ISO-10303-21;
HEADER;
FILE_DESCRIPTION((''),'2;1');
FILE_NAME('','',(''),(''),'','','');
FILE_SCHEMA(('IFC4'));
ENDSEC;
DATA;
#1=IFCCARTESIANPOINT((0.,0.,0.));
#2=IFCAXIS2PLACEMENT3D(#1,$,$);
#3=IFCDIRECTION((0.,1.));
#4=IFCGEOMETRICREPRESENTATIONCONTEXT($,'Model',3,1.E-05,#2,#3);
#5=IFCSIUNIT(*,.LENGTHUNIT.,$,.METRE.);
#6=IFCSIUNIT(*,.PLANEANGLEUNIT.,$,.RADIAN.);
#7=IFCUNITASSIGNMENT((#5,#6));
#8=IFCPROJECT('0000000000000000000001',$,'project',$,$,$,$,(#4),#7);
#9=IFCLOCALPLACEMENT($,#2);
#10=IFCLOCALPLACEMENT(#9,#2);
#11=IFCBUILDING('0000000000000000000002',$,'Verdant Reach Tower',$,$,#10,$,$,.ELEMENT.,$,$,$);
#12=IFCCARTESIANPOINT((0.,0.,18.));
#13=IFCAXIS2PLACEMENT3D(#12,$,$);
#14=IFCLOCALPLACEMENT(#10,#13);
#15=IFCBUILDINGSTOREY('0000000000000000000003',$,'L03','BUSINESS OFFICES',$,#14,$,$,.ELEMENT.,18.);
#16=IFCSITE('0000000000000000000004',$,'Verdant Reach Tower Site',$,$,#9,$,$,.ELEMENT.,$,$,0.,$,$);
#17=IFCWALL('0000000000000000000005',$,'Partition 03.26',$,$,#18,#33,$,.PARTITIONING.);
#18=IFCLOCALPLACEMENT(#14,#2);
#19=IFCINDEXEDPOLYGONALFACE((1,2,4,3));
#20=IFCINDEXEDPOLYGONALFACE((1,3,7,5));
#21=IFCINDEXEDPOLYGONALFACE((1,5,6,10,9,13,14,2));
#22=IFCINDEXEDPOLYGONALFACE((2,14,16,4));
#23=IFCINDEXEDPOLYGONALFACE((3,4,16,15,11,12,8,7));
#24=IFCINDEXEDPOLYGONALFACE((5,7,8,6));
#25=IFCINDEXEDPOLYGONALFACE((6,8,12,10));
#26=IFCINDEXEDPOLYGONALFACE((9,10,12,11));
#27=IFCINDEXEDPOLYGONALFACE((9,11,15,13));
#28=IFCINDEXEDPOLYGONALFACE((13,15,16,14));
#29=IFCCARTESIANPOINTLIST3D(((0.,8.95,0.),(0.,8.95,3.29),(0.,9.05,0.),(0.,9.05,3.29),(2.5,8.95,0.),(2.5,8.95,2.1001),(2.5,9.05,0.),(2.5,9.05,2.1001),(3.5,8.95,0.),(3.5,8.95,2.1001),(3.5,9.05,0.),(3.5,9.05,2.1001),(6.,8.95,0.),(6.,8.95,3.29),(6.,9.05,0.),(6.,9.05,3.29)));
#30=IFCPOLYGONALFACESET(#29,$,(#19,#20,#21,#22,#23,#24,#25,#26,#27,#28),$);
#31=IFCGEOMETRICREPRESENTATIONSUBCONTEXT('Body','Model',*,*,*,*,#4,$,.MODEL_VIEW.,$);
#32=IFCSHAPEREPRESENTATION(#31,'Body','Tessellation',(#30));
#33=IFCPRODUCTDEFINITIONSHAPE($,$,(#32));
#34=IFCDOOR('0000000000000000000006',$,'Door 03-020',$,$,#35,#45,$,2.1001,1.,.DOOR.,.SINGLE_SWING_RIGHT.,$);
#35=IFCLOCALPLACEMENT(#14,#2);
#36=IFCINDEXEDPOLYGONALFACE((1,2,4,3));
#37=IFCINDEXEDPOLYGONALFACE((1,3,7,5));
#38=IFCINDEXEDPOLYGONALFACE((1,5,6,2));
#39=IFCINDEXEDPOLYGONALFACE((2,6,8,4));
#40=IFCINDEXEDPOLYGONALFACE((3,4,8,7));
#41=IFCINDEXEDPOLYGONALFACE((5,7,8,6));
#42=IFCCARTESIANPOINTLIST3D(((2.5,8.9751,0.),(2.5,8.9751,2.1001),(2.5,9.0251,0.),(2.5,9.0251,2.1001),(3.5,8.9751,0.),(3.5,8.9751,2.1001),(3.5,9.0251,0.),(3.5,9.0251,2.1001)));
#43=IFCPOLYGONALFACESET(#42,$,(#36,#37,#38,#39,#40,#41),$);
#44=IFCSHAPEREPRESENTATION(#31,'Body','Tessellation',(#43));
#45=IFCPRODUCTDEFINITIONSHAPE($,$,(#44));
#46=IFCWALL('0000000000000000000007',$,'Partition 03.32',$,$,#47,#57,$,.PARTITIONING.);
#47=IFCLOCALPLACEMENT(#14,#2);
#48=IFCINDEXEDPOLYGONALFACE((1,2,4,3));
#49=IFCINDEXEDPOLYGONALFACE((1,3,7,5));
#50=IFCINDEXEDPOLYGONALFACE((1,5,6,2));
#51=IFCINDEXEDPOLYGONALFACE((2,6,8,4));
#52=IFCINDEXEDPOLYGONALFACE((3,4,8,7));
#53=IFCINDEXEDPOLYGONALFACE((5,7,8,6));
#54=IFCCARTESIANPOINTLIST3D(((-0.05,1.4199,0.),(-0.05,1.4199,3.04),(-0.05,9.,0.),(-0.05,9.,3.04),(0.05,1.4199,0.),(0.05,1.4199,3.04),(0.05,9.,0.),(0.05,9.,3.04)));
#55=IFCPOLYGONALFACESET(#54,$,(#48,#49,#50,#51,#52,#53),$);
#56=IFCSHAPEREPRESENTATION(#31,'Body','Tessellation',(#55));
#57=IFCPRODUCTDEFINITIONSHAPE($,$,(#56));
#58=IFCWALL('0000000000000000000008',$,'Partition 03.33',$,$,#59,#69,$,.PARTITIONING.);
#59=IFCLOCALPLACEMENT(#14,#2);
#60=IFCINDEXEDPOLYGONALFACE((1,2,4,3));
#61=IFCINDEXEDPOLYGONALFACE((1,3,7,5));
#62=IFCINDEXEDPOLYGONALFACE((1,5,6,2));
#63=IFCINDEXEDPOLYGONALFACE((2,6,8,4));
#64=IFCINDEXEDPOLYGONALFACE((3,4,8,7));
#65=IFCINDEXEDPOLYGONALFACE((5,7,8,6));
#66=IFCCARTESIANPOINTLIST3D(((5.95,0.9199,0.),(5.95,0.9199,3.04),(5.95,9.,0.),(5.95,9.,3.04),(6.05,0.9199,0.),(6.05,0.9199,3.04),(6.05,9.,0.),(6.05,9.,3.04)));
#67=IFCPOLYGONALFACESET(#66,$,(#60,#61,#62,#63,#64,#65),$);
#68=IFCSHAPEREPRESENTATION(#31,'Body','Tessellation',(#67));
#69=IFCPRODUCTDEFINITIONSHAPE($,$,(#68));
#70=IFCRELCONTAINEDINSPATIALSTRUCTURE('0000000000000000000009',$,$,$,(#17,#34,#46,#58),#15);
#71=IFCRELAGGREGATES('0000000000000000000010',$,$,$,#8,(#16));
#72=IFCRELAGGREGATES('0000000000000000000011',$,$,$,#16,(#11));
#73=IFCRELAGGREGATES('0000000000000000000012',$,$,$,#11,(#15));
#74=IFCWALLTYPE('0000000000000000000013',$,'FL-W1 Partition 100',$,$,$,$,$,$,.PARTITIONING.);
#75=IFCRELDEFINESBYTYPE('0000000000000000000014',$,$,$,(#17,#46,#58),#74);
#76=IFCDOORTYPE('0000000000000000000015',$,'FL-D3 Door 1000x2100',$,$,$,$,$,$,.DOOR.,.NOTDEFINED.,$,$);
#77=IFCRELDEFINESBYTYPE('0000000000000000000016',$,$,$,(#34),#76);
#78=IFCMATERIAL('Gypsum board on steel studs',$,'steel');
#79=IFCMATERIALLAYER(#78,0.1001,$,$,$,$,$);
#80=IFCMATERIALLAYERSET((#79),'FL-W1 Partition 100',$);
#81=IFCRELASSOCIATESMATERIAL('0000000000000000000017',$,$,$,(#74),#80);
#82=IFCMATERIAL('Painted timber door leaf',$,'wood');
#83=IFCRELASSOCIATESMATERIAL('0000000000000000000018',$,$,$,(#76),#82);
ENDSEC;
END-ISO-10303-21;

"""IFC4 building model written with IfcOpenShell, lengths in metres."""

from ifc_helpers import new_model, si_unit, direction, frame, frame_2d, origin, place, context, subcontext, project, spatial, rectangle, extrude, material, layer, layer_set, type_object, element, fill, save


model = new_model("IFC4")

# Units and contexts
model_context = context("Model", 3, precision=1e-05, world=origin(), true_north=direction((0.0, 1.0)))
body_context = subcontext(model_context, "Body", "Model", "MODEL_VIEW")
ifc_project = project(units=[si_unit("LENGTHUNIT", "METRE"), si_unit("PLANEANGLEUNIT", "RADIAN")], contexts=[model_context])

# Site, building, storey
site_placement = place(None, origin())
site = spatial("IfcSite", under=ifc_project, at=site_placement, Name="Verdant Reach Tower Site", CompositionType="ELEMENT", RefElevation=0.0)
building_placement = place(site_placement, origin())
building = spatial("IfcBuilding", under=site, at=building_placement, Name="Verdant Reach Tower", CompositionType="ELEMENT")
storey_placement = place(building_placement, frame((0.0, 0.0, 18.0)))
storey = spatial("IfcBuildingStorey", under=building, at=storey_placement, Name="L03", Description="BUSINESS OFFICES", CompositionType="ELEMENT", Elevation=18.0)

# Shared definitions
ifc_material_1 = material(Name="Gypsum board on steel studs", Category="steel")
ifc_layer_1 = layer(ifc_material_1, 0.1001)
ifc_layer_set_1 = layer_set([ifc_layer_1], Name="FL-W1 Partition 100")
wall_type = type_object("IfcWallType", Name="FL-W1 Partition 100", PredefinedType="PARTITIONING", material=ifc_layer_set_1)

# Wall, opening, door
wall_1_placement = place(storey_placement, frame((6.0, 9.0, 0.0), z_axis=(0.0, 0.0, 1.0), x_axis=(-1.0, 0.0, 0.0)))
wall_1 = element("IfcWall", 1, at=wall_1_placement, inside=storey, type_object=wall_type, Name="Partition 03.26", PredefinedType="PARTITIONING", context=body_context, shape_type="SweptSolid", body=[
    extrude(rectangle(XDim=6.0, YDim=0.1001, at=frame_2d((3.0, 0.0))), origin(), (0.0, 0.0, 1.0), 3.29),
])
opening_placement = place(wall_1_placement, frame((2.5, 0.0, 0.0)))
opening = element("IfcOpeningElement", 2, at=opening_placement, cuts=wall_1, PredefinedType="OPENING", context=body_context, shape_type="SweptSolid", body=[
    extrude(rectangle(XDim=1.0, YDim=2.1001, at=frame_2d((0.5, 1.05))), frame((0.0, 0.0601, 0.0), z_axis=(0.0, -1.0, 0.0), x_axis=(1.0, 0.0, 0.0)), (0.0, 0.0, 1.0), 0.1201),
])
ifc_material_2 = material(Name="Painted timber door leaf", Category="wood")
door_type = type_object("IfcDoorType", Name="FL-D3 Door 1000x2100", OperationType="NOTDEFINED", PredefinedType="DOOR", material=ifc_material_2)
door_placement = place(opening_placement, origin())
door = element("IfcDoor", 3, at=door_placement, inside=storey, type_object=door_type, Name="Door 03-020", OperationType="SINGLE_SWING_RIGHT", OverallHeight=2.1001, OverallWidth=1.0, PredefinedType="DOOR", context=body_context, shape_type="SweptSolid", body=[
    extrude(rectangle(XDim=1.0, YDim=2.1001, at=frame_2d((0.5, 1.05))), frame((0.0, 0.0249, 0.0), z_axis=(0.0, -1.0, 0.0), x_axis=(1.0, 0.0, 0.0)), (0.0, 0.0, 1.0), 0.05),
])
fill(opening, door)

# Walls
wall_2_placement = place(storey_placement, frame((0.0, 1.4199, 0.0), z_axis=(0.0, 0.0, 1.0), x_axis=(0.0, 1.0, 0.0)))
element("IfcWall", 4, at=wall_2_placement, inside=storey, type_object=wall_type, Name="Partition 03.32", PredefinedType="PARTITIONING", context=body_context, shape_type="SweptSolid", body=[
    extrude(rectangle(XDim=7.5801, YDim=0.1001, at=frame_2d((3.79, 0.0))), origin(), (0.0, 0.0, 1.0), 3.04),
])
wall_3_placement = place(storey_placement, frame((6.0, 0.9199, 0.0), z_axis=(0.0, 0.0, 1.0), x_axis=(0.0, 1.0, 0.0)))
element("IfcWall", 5, at=wall_3_placement, inside=storey, type_object=wall_type, Name="Partition 03.33", PredefinedType="PARTITIONING", context=body_context, shape_type="SweptSolid", body=[
    extrude(rectangle(XDim=8.0801, YDim=0.1001, at=frame_2d((4.04, 0.0))), origin(), (0.0, 0.0, 1.0), 3.04),
])

save(model, "model.ifc")
